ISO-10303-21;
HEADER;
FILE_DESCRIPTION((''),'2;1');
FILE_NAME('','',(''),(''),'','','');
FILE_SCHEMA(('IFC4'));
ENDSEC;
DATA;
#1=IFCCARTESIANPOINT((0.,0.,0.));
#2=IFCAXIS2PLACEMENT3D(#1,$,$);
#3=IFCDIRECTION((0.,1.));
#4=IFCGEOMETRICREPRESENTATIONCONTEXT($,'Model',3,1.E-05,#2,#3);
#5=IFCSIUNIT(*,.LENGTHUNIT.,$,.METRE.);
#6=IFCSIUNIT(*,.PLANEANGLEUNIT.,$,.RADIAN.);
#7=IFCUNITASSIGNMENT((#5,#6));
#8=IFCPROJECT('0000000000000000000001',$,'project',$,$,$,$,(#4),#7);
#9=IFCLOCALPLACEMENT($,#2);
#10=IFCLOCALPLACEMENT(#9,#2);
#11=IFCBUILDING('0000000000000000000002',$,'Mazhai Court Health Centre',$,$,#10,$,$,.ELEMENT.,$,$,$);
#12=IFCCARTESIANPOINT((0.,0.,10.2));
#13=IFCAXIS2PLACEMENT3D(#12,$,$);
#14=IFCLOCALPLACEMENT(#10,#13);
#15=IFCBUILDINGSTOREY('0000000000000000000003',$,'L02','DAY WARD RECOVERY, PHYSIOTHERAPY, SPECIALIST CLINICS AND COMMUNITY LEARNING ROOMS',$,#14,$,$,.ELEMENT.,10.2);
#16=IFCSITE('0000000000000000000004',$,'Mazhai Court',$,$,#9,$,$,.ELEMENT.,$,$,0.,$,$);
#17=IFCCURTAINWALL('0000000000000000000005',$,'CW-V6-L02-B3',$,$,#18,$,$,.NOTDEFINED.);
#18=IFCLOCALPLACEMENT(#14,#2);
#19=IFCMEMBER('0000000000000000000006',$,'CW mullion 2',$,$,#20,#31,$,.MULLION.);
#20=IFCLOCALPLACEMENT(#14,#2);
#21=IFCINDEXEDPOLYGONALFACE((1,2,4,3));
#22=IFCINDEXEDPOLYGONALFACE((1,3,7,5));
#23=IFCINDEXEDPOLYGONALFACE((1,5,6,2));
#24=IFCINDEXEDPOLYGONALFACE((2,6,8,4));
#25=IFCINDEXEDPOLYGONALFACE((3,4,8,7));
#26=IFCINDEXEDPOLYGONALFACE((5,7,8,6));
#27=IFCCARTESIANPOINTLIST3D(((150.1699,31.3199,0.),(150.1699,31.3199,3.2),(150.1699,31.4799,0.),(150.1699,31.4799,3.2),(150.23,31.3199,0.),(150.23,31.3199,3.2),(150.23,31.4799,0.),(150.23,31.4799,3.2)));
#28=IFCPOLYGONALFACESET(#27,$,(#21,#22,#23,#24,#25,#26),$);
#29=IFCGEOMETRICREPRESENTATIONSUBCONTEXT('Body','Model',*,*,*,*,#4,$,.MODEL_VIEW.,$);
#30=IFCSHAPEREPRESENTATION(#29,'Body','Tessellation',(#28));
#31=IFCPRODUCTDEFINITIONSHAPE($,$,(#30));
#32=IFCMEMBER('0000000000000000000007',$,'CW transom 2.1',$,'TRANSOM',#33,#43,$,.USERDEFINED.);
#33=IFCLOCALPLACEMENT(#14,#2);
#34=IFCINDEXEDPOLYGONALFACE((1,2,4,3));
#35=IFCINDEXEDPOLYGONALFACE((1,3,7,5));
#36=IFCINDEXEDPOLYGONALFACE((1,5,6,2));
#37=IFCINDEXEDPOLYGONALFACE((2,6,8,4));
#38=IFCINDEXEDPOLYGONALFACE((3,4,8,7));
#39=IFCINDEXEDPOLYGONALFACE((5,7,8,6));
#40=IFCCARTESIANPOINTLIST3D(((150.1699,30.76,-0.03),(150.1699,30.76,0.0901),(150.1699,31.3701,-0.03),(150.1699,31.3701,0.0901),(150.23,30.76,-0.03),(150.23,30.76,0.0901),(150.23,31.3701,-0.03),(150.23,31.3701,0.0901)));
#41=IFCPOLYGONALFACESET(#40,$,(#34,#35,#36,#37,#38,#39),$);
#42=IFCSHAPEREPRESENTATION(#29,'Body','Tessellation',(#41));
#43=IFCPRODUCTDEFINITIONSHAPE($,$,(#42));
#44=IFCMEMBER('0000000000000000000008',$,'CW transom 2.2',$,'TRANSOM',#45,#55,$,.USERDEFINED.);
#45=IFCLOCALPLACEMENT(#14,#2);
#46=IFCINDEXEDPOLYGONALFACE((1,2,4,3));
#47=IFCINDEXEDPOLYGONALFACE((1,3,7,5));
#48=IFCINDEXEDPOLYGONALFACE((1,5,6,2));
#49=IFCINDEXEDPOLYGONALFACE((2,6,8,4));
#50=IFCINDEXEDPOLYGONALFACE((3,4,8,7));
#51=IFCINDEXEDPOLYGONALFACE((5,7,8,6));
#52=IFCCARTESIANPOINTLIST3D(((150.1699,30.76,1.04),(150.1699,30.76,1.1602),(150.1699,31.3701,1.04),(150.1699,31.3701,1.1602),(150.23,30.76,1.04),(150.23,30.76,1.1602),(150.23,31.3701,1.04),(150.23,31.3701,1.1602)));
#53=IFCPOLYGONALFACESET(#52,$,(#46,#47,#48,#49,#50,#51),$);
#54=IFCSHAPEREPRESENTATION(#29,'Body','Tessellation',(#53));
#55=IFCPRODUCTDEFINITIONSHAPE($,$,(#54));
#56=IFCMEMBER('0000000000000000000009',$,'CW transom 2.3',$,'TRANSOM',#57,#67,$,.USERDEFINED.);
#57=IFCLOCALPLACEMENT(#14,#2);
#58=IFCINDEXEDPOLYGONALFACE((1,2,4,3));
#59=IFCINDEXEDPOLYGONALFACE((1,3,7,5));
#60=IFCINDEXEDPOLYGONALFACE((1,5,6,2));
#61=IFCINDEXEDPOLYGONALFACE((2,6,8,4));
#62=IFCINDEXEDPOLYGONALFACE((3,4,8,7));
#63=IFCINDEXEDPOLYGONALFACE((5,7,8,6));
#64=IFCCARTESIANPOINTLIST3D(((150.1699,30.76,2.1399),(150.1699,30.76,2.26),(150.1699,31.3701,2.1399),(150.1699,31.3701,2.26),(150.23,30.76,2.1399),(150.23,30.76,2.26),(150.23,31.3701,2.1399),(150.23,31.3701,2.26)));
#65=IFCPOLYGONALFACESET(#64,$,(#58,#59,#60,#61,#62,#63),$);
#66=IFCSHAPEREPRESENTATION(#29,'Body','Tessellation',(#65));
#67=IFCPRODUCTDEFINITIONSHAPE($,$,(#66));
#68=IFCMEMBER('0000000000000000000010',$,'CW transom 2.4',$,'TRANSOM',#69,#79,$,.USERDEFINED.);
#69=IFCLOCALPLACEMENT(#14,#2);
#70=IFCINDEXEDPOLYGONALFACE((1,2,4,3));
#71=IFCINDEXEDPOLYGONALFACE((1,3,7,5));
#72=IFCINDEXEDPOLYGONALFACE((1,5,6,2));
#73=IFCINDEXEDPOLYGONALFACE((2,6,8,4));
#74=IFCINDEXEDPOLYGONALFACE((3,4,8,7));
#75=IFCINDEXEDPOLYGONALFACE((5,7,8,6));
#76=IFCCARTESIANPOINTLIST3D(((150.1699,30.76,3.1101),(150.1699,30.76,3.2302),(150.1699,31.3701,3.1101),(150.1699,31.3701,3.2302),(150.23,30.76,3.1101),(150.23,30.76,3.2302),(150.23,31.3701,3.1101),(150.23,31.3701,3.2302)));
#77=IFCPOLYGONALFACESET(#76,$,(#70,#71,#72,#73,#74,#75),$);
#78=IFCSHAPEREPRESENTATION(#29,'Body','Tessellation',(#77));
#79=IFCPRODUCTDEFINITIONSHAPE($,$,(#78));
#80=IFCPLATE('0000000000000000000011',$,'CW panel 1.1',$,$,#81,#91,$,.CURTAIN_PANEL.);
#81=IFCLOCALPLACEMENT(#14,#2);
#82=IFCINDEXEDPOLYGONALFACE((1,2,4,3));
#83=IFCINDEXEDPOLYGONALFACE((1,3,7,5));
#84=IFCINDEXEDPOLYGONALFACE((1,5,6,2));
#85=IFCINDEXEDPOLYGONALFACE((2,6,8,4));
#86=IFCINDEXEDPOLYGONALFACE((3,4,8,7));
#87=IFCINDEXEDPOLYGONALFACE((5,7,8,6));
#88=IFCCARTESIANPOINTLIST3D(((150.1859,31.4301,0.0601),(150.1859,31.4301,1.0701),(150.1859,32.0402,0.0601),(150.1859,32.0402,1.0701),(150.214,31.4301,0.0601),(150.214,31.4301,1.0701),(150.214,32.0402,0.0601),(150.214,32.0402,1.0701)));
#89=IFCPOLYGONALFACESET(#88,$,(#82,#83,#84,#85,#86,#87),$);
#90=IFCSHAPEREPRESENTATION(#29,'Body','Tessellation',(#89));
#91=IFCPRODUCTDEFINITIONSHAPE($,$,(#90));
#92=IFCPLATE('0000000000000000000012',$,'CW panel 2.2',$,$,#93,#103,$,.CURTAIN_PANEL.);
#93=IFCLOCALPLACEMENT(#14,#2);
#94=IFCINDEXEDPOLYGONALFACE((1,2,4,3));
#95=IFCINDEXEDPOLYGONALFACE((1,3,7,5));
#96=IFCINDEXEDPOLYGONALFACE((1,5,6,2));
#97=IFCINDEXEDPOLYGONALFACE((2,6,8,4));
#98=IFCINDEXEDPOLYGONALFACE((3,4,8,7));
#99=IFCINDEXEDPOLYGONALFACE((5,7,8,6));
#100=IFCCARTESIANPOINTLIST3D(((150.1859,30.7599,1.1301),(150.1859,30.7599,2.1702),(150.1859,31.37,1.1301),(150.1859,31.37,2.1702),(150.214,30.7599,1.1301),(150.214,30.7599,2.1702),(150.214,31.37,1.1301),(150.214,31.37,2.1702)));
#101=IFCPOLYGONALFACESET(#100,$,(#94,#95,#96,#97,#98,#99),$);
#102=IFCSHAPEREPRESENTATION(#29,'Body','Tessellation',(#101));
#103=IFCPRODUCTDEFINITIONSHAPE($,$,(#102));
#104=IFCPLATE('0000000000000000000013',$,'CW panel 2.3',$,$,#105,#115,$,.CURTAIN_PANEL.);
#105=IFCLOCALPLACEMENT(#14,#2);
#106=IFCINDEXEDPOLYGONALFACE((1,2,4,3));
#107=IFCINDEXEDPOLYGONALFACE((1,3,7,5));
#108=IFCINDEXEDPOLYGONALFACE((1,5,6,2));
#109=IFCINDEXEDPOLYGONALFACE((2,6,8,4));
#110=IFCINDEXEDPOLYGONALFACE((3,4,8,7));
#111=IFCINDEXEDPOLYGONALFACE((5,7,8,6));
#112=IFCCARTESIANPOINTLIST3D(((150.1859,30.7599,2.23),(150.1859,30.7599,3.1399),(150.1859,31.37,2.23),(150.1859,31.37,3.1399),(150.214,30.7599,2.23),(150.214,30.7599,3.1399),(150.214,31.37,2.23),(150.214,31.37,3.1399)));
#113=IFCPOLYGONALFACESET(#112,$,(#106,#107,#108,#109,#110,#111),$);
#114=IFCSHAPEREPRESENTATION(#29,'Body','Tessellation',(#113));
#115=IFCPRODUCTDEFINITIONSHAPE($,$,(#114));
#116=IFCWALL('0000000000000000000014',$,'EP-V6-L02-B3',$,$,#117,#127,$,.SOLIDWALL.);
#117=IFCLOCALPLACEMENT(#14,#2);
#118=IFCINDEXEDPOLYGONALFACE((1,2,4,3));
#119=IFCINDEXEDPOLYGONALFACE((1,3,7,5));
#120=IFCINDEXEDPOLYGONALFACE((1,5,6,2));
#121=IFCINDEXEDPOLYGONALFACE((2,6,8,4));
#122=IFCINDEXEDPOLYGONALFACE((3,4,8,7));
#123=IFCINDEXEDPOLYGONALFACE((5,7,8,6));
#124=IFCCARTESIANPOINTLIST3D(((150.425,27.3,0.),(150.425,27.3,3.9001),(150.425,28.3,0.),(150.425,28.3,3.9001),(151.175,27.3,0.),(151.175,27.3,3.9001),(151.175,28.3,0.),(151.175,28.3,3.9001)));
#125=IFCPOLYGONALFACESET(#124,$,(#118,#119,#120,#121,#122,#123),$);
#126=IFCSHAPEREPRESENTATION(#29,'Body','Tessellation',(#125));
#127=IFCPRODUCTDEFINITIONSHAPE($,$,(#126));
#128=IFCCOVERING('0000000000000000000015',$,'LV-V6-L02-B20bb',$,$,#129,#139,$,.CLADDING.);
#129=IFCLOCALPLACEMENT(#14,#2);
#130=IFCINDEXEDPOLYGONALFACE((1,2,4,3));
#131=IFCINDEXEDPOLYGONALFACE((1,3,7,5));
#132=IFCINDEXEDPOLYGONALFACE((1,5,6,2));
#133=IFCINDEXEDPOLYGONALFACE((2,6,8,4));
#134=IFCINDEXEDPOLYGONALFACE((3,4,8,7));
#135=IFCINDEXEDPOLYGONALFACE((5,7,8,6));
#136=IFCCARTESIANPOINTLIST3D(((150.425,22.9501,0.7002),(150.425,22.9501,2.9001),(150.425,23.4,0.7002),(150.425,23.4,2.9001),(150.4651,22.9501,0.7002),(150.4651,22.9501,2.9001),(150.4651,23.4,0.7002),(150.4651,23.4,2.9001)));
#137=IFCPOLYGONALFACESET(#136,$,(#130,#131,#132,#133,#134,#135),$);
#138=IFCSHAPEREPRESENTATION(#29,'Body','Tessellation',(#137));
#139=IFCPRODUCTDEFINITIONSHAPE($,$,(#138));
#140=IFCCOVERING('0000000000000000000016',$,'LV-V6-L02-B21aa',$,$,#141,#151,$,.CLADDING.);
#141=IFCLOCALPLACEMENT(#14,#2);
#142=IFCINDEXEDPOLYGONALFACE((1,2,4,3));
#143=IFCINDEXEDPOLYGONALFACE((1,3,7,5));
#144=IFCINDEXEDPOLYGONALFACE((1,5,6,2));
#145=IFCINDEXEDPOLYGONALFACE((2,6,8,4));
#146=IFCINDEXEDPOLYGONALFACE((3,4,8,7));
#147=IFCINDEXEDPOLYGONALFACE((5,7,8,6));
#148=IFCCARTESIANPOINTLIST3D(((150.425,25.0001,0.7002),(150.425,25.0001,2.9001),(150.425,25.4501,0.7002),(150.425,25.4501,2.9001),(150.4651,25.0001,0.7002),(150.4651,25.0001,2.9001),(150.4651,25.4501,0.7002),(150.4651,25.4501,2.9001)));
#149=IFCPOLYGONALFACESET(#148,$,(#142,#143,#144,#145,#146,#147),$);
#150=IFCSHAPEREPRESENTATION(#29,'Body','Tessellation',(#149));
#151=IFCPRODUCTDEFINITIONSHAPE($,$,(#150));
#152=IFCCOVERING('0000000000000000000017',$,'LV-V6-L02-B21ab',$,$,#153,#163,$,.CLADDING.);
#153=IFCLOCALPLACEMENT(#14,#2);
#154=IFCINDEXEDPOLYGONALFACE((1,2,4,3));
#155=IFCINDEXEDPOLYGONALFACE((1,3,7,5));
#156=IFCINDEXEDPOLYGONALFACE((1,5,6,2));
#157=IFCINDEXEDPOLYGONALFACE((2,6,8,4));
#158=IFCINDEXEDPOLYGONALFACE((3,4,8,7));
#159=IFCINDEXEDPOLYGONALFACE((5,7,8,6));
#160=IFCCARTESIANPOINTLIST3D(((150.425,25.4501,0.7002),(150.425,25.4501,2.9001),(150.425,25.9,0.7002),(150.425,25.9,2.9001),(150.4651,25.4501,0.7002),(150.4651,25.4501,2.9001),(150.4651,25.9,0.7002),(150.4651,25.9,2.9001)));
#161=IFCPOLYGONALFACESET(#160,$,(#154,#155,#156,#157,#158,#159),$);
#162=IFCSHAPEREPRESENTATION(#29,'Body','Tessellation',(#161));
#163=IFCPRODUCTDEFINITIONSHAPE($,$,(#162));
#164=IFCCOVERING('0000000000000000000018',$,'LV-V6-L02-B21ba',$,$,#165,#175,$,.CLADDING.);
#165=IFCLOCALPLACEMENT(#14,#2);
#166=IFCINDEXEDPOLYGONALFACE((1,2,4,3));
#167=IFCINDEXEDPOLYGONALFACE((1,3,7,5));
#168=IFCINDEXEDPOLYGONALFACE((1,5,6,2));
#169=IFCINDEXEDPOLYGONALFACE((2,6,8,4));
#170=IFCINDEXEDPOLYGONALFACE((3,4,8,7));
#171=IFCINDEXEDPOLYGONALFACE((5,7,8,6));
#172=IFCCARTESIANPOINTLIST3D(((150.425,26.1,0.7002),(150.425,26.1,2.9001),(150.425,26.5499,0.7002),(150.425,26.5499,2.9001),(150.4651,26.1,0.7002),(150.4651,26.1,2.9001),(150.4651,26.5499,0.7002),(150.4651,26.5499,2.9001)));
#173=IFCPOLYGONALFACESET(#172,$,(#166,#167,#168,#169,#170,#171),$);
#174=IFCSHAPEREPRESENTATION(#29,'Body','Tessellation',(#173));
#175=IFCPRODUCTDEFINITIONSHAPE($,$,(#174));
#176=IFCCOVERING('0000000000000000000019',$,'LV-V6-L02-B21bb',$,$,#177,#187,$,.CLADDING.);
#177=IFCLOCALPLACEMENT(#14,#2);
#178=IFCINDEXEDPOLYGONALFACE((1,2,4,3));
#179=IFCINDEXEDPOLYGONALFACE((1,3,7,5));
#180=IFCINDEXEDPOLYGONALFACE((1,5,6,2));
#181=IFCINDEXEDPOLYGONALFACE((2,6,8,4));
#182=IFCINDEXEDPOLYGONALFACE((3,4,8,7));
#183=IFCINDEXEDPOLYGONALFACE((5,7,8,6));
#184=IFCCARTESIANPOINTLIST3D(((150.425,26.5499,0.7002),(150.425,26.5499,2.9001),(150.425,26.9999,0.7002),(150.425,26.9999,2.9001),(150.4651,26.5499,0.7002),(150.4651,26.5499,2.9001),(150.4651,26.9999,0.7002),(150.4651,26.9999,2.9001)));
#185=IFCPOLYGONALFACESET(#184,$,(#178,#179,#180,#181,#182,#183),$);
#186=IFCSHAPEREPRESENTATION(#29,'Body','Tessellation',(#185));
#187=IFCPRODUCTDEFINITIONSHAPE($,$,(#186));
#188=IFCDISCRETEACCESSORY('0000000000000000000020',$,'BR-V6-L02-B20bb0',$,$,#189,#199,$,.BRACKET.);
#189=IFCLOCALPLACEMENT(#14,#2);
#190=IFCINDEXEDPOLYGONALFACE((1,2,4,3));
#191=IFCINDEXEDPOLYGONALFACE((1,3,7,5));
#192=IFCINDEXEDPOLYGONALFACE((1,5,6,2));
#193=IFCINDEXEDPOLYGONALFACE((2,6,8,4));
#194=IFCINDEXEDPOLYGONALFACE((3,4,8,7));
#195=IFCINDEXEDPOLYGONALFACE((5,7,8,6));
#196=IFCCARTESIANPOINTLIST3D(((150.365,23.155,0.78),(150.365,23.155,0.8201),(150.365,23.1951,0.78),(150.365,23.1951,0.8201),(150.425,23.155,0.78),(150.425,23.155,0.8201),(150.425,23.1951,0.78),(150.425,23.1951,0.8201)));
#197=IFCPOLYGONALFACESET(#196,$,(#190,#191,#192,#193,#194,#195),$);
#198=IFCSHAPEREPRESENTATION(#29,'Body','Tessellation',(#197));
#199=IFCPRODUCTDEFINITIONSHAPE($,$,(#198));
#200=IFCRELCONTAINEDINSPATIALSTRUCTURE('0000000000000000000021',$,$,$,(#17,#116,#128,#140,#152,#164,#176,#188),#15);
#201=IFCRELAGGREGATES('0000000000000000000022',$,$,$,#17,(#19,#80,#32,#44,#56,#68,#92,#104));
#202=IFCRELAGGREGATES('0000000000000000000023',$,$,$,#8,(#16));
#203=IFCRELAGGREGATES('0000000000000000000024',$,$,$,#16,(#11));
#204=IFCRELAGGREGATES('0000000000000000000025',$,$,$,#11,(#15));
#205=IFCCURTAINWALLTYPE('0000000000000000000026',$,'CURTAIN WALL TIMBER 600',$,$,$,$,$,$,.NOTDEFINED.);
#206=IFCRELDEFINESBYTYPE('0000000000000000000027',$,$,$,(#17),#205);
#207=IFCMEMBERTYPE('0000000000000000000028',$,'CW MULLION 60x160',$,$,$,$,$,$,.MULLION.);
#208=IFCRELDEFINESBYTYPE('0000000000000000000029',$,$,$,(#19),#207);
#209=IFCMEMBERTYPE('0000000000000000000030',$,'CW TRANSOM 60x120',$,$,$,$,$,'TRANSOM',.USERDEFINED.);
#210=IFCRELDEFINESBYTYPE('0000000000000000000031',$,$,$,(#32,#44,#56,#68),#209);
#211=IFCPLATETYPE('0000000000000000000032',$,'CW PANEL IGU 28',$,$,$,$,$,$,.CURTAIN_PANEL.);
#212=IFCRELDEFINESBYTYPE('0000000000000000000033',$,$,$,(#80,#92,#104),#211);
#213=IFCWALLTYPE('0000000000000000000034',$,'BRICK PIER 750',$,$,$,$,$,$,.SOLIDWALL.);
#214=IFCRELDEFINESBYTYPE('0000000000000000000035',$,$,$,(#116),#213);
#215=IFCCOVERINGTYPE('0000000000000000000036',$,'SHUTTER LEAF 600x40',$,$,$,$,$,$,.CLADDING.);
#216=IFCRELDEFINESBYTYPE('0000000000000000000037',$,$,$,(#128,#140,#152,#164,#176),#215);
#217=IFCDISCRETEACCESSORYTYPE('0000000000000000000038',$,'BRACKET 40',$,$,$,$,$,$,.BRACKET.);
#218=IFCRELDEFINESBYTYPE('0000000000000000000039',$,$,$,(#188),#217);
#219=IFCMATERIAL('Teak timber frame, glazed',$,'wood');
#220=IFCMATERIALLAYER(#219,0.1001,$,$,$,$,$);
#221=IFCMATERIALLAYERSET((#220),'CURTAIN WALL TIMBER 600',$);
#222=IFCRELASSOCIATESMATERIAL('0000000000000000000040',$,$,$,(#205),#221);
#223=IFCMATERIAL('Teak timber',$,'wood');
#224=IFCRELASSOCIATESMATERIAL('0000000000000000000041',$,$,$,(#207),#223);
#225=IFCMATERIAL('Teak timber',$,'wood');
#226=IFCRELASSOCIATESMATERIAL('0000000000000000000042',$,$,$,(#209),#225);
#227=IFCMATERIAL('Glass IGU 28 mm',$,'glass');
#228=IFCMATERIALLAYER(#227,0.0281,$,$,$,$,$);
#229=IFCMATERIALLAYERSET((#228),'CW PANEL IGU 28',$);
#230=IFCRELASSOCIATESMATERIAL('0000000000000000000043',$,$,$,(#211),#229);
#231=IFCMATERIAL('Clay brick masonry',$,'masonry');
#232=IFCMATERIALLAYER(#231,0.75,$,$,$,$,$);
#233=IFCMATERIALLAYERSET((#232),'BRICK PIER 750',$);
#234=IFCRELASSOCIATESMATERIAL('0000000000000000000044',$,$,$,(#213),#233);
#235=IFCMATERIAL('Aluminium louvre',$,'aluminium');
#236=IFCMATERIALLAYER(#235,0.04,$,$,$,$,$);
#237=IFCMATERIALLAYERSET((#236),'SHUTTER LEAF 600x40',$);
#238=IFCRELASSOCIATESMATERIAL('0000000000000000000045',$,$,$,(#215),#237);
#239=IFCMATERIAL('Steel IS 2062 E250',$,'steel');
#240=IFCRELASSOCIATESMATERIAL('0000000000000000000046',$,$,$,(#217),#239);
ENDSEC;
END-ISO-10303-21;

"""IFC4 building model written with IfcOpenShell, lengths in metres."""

from ifc_helpers import new_model, si_unit, direction, frame, frame_2d, origin, origin_2d, place, context, subcontext, project, spatial, rectangle, extrude, material, layer, layer_set, material_profile, profile_set, type_object, element, aggregate, save


model = new_model("IFC4")

# Units and contexts
model_context = context("Model", 3, precision=1e-05, world=origin(), true_north=direction((0.0, 1.0)))
body_context = subcontext(model_context, "Body", "Model", "MODEL_VIEW")
ifc_project = project(units=[si_unit("LENGTHUNIT", "METRE"), si_unit("PLANEANGLEUNIT", "RADIAN")], contexts=[model_context])

# Site, building, storey
site_placement = place(None, origin())
site = spatial("IfcSite", under=ifc_project, at=site_placement, Name="Mazhai Court", CompositionType="ELEMENT", RefElevation=0.0)
building_placement = place(site_placement, origin())
building = spatial("IfcBuilding", under=site, at=building_placement, Name="Mazhai Court Health Centre", CompositionType="ELEMENT")
storey_placement = place(building_placement, frame((0.0, 0.0, 10.2)))
storey = spatial("IfcBuildingStorey", under=building, at=storey_placement, Name="L02", Description="DAY WARD RECOVERY, PHYSIOTHERAPY, SPECIALIST CLINICS AND COMMUNITY LEARNING ROOMS", CompositionType="ELEMENT", Elevation=10.2)

# Curtain wall, members, plates
ifc_material_1 = material(Name="Teak timber frame, glazed", Category="wood")
ifc_layer_1 = layer(ifc_material_1, 0.1001)
ifc_layer_set_1 = layer_set([ifc_layer_1], Name="CURTAIN WALL TIMBER 600")
curtain_wall_type = type_object("IfcCurtainWallType", Name="CURTAIN WALL TIMBER 600", PredefinedType="NOTDEFINED", material=ifc_layer_set_1)
curtain_wall_placement = place(storey_placement, origin())
curtain_wall = element("IfcCurtainWall", 1, at=curtain_wall_placement, inside=storey, type_object=curtain_wall_type, Name="CW-V6-L02-B3", PredefinedType="NOTDEFINED")
ifc_material_2 = material(Name="Teak timber", Category="wood")
ifc_material_profile_1 = material_profile(ifc_material_2, rectangle(XDim=0.0601, YDim=0.1599, at=origin_2d()), Name="CW MULLION 60x160")
ifc_profile_set_1 = profile_set([ifc_material_profile_1], Name="Teak timber")
member_type_1 = type_object("IfcMemberType", Name="CW MULLION 60x160", PredefinedType="MULLION", material=ifc_profile_set_1)
member_1_placement = place(storey_placement, frame((150.2, 31.3999, 0.0), z_axis=(0.0, 0.0, 1.0), x_axis=(1.0, 0.0, 0.0)))
member_1 = element("IfcMember", 2, at=member_1_placement, type_object=member_type_1, Name="CW mullion 2", PredefinedType="MULLION", context=body_context, shape_type="SweptSolid", body=[
    extrude(rectangle(XDim=0.0601, YDim=0.1599, at=origin_2d()), origin(), (0.0, 0.0, 1.0), 3.2),
])
ifc_material_3 = material(Name="Teak timber", Category="wood")
ifc_material_profile_2 = material_profile(ifc_material_3, rectangle(XDim=0.0601, YDim=0.1201, at=origin_2d()), Name="CW TRANSOM 60x120")
ifc_profile_set_2 = profile_set([ifc_material_profile_2], Name="Teak timber")
member_type_2 = type_object("IfcMemberType", Name="CW TRANSOM 60x120", ElementType="TRANSOM", PredefinedType="USERDEFINED", material=ifc_profile_set_2)
member_2_placement = place(storey_placement, frame((150.2, 31.3701, 0.03), z_axis=(0.0, -1.0, 0.0), x_axis=(1.0, 0.0, 0.0)))
member_2 = element("IfcMember", 3, at=member_2_placement, type_object=member_type_2, Name="CW transom 2.1", ObjectType="TRANSOM", PredefinedType="USERDEFINED", context=body_context, shape_type="SweptSolid", body=[
    extrude(rectangle(XDim=0.0601, YDim=0.1201, at=origin_2d()), origin(), (0.0, 0.0, 1.0), 0.6101),
])
member_3_placement = place(storey_placement, frame((150.2, 31.3701, 1.1001), z_axis=(0.0, -1.0, 0.0), x_axis=(1.0, 0.0, 0.0)))
member_3 = element("IfcMember", 4, at=member_3_placement, type_object=member_type_2, Name="CW transom 2.2", ObjectType="TRANSOM", PredefinedType="USERDEFINED", context=body_context, shape_type="SweptSolid", body=[
    extrude(rectangle(XDim=0.0601, YDim=0.1201, at=origin_2d()), origin(), (0.0, 0.0, 1.0), 0.6101),
])
member_4_placement = place(storey_placement, frame((150.2, 31.3701, 2.2), z_axis=(0.0, -1.0, 0.0), x_axis=(1.0, 0.0, 0.0)))
member_4 = element("IfcMember", 5, at=member_4_placement, type_object=member_type_2, Name="CW transom 2.3", ObjectType="TRANSOM", PredefinedType="USERDEFINED", context=body_context, shape_type="SweptSolid", body=[
    extrude(rectangle(XDim=0.0601, YDim=0.1201, at=origin_2d()), origin(), (0.0, 0.0, 1.0), 0.6101),
])
member_5_placement = place(storey_placement, frame((150.2, 31.3701, 3.1702), z_axis=(0.0, -1.0, 0.0), x_axis=(1.0, 0.0, 0.0)))
member_5 = element("IfcMember", 6, at=member_5_placement, type_object=member_type_2, Name="CW transom 2.4", ObjectType="TRANSOM", PredefinedType="USERDEFINED", context=body_context, shape_type="SweptSolid", body=[
    extrude(rectangle(XDim=0.0601, YDim=0.1201, at=origin_2d()), origin(), (0.0, 0.0, 1.0), 0.6101),
])
ifc_material_4 = material(Name="Glass IGU 28 mm", Category="glass")
ifc_layer_2 = layer(ifc_material_4, 0.0281)
ifc_layer_set_2 = layer_set([ifc_layer_2], Name="CW PANEL IGU 28")
plate_type = type_object("IfcPlateType", Name="CW PANEL IGU 28", PredefinedType="CURTAIN_PANEL", material=ifc_layer_set_2)
plate_1_placement = place(storey_placement, frame((150.2, 31.7351, 0.0601), z_axis=(0.0, 0.0, 1.0), x_axis=(0.0, -1.0, 0.0)))
plate_1 = element("IfcPlate", 7, at=plate_1_placement, type_object=plate_type, Name="CW panel 1.1", PredefinedType="CURTAIN_PANEL", context=body_context, shape_type="SweptSolid", body=[
    extrude(rectangle(XDim=0.6101, YDim=0.0281, at=origin_2d()), origin(), (0.0, 0.0, 1.0), 1.01),
])
plate_2_placement = place(storey_placement, frame((150.2, 31.0649, 1.1301), z_axis=(0.0, 0.0, 1.0), x_axis=(0.0, -1.0, 0.0)))
plate_2 = element("IfcPlate", 8, at=plate_2_placement, type_object=plate_type, Name="CW panel 2.2", PredefinedType="CURTAIN_PANEL", context=body_context, shape_type="SweptSolid", body=[
    extrude(rectangle(XDim=0.6101, YDim=0.0281, at=origin_2d()), origin(), (0.0, 0.0, 1.0), 1.04),
])
plate_3_placement = place(storey_placement, frame((150.2, 31.0649, 2.23), z_axis=(0.0, 0.0, 1.0), x_axis=(0.0, -1.0, 0.0)))
plate_3 = element("IfcPlate", 9, at=plate_3_placement, type_object=plate_type, Name="CW panel 2.3", PredefinedType="CURTAIN_PANEL", context=body_context, shape_type="SweptSolid", body=[
    extrude(rectangle(XDim=0.6101, YDim=0.0281, at=origin_2d()), origin(), (0.0, 0.0, 1.0), 0.9099),
])
aggregate(curtain_wall, [member_1, plate_1, member_2, member_3, member_4, member_5, plate_2, plate_3])

# Wall
ifc_material_5 = material(Name="Clay brick masonry", Category="masonry")
ifc_layer_3 = layer(ifc_material_5, 0.75)
ifc_layer_set_3 = layer_set([ifc_layer_3], Name="BRICK PIER 750")
wall_type = type_object("IfcWallType", Name="BRICK PIER 750", PredefinedType="SOLIDWALL", material=ifc_layer_set_3)
wall_placement = place(storey_placement, frame((150.8, 28.3, 0.0), z_axis=(0.0, 0.0, 1.0), x_axis=(0.0, -1.0, 0.0)))
element("IfcWall", 10, at=wall_placement, inside=storey, type_object=wall_type, Name="EP-V6-L02-B3", PredefinedType="SOLIDWALL", context=body_context, shape_type="SweptSolid", body=[
    extrude(rectangle(XDim=1.0, YDim=0.75, at=frame_2d((0.5, 0.0))), origin(), (0.0, 0.0, 1.0), 3.9001),
])

# Coverings
ifc_material_6 = material(Name="Aluminium louvre", Category="aluminium")
ifc_layer_4 = layer(ifc_material_6, 0.04)
ifc_layer_set_4 = layer_set([ifc_layer_4], Name="SHUTTER LEAF 600x40")
covering_type = type_object("IfcCoveringType", Name="SHUTTER LEAF 600x40", PredefinedType="CLADDING", material=ifc_layer_set_4)
for number, where, z_axis, x_axis, name in (
    (11, (150.4451, 23.175, 0.7002), (0.0, 0.0, 1.0), (0.0, 1.0, 0.0), "LV-V6-L02-B20bb"),
    (12, (150.4451, 25.2251, 0.7002), (0.0, 0.0, 1.0), (0.0, 1.0, 0.0), "LV-V6-L02-B21aa"),
    (13, (150.4451, 25.675, 0.7002), (0.0, 0.0, 1.0), (0.0, 1.0, 0.0), "LV-V6-L02-B21ab"),
    (14, (150.4451, 26.325, 0.7002), (0.0, 0.0, 1.0), (0.0, 1.0, 0.0), "LV-V6-L02-B21ba"),
    (15, (150.4451, 26.7749, 0.7002), (0.0, 0.0, 1.0), (0.0, 1.0, 0.0), "LV-V6-L02-B21bb"),
):
    element("IfcCovering", number, at=place(storey_placement, frame(where, z_axis=z_axis, x_axis=x_axis)), inside=storey, type_object=covering_type, Name=name, PredefinedType="CLADDING", context=body_context, shape_type="SweptSolid", body=[
        extrude(rectangle(XDim=0.45, YDim=0.04, at=origin_2d()), origin(), (0.0, 0.0, 1.0), 2.2),
    ])

# Discrete accessory
ifc_material_7 = material(Name="Steel IS 2062 E250", Category="steel")
discrete_accessory_type = type_object("IfcDiscreteAccessoryType", Name="BRACKET 40", PredefinedType="BRACKET", material=ifc_material_7)
for number, where, z_axis, x_axis, name in (
    (16, (150.395, 23.175, 0.78), (0.0, 0.0, 1.0), (0.0, 1.0, 0.0), "BR-V6-L02-B20bb0"),
):
    element("IfcDiscreteAccessory", number, at=place(storey_placement, frame(where, z_axis=z_axis, x_axis=x_axis)), inside=storey, type_object=discrete_accessory_type, Name=name, PredefinedType="BRACKET", context=body_context, shape_type="SweptSolid", body=[
        extrude(rectangle(XDim=0.04, YDim=0.0601, at=origin_2d()), origin(), (0.0, 0.0, 1.0), 0.04),
    ])

save(model, "model.ifc")
